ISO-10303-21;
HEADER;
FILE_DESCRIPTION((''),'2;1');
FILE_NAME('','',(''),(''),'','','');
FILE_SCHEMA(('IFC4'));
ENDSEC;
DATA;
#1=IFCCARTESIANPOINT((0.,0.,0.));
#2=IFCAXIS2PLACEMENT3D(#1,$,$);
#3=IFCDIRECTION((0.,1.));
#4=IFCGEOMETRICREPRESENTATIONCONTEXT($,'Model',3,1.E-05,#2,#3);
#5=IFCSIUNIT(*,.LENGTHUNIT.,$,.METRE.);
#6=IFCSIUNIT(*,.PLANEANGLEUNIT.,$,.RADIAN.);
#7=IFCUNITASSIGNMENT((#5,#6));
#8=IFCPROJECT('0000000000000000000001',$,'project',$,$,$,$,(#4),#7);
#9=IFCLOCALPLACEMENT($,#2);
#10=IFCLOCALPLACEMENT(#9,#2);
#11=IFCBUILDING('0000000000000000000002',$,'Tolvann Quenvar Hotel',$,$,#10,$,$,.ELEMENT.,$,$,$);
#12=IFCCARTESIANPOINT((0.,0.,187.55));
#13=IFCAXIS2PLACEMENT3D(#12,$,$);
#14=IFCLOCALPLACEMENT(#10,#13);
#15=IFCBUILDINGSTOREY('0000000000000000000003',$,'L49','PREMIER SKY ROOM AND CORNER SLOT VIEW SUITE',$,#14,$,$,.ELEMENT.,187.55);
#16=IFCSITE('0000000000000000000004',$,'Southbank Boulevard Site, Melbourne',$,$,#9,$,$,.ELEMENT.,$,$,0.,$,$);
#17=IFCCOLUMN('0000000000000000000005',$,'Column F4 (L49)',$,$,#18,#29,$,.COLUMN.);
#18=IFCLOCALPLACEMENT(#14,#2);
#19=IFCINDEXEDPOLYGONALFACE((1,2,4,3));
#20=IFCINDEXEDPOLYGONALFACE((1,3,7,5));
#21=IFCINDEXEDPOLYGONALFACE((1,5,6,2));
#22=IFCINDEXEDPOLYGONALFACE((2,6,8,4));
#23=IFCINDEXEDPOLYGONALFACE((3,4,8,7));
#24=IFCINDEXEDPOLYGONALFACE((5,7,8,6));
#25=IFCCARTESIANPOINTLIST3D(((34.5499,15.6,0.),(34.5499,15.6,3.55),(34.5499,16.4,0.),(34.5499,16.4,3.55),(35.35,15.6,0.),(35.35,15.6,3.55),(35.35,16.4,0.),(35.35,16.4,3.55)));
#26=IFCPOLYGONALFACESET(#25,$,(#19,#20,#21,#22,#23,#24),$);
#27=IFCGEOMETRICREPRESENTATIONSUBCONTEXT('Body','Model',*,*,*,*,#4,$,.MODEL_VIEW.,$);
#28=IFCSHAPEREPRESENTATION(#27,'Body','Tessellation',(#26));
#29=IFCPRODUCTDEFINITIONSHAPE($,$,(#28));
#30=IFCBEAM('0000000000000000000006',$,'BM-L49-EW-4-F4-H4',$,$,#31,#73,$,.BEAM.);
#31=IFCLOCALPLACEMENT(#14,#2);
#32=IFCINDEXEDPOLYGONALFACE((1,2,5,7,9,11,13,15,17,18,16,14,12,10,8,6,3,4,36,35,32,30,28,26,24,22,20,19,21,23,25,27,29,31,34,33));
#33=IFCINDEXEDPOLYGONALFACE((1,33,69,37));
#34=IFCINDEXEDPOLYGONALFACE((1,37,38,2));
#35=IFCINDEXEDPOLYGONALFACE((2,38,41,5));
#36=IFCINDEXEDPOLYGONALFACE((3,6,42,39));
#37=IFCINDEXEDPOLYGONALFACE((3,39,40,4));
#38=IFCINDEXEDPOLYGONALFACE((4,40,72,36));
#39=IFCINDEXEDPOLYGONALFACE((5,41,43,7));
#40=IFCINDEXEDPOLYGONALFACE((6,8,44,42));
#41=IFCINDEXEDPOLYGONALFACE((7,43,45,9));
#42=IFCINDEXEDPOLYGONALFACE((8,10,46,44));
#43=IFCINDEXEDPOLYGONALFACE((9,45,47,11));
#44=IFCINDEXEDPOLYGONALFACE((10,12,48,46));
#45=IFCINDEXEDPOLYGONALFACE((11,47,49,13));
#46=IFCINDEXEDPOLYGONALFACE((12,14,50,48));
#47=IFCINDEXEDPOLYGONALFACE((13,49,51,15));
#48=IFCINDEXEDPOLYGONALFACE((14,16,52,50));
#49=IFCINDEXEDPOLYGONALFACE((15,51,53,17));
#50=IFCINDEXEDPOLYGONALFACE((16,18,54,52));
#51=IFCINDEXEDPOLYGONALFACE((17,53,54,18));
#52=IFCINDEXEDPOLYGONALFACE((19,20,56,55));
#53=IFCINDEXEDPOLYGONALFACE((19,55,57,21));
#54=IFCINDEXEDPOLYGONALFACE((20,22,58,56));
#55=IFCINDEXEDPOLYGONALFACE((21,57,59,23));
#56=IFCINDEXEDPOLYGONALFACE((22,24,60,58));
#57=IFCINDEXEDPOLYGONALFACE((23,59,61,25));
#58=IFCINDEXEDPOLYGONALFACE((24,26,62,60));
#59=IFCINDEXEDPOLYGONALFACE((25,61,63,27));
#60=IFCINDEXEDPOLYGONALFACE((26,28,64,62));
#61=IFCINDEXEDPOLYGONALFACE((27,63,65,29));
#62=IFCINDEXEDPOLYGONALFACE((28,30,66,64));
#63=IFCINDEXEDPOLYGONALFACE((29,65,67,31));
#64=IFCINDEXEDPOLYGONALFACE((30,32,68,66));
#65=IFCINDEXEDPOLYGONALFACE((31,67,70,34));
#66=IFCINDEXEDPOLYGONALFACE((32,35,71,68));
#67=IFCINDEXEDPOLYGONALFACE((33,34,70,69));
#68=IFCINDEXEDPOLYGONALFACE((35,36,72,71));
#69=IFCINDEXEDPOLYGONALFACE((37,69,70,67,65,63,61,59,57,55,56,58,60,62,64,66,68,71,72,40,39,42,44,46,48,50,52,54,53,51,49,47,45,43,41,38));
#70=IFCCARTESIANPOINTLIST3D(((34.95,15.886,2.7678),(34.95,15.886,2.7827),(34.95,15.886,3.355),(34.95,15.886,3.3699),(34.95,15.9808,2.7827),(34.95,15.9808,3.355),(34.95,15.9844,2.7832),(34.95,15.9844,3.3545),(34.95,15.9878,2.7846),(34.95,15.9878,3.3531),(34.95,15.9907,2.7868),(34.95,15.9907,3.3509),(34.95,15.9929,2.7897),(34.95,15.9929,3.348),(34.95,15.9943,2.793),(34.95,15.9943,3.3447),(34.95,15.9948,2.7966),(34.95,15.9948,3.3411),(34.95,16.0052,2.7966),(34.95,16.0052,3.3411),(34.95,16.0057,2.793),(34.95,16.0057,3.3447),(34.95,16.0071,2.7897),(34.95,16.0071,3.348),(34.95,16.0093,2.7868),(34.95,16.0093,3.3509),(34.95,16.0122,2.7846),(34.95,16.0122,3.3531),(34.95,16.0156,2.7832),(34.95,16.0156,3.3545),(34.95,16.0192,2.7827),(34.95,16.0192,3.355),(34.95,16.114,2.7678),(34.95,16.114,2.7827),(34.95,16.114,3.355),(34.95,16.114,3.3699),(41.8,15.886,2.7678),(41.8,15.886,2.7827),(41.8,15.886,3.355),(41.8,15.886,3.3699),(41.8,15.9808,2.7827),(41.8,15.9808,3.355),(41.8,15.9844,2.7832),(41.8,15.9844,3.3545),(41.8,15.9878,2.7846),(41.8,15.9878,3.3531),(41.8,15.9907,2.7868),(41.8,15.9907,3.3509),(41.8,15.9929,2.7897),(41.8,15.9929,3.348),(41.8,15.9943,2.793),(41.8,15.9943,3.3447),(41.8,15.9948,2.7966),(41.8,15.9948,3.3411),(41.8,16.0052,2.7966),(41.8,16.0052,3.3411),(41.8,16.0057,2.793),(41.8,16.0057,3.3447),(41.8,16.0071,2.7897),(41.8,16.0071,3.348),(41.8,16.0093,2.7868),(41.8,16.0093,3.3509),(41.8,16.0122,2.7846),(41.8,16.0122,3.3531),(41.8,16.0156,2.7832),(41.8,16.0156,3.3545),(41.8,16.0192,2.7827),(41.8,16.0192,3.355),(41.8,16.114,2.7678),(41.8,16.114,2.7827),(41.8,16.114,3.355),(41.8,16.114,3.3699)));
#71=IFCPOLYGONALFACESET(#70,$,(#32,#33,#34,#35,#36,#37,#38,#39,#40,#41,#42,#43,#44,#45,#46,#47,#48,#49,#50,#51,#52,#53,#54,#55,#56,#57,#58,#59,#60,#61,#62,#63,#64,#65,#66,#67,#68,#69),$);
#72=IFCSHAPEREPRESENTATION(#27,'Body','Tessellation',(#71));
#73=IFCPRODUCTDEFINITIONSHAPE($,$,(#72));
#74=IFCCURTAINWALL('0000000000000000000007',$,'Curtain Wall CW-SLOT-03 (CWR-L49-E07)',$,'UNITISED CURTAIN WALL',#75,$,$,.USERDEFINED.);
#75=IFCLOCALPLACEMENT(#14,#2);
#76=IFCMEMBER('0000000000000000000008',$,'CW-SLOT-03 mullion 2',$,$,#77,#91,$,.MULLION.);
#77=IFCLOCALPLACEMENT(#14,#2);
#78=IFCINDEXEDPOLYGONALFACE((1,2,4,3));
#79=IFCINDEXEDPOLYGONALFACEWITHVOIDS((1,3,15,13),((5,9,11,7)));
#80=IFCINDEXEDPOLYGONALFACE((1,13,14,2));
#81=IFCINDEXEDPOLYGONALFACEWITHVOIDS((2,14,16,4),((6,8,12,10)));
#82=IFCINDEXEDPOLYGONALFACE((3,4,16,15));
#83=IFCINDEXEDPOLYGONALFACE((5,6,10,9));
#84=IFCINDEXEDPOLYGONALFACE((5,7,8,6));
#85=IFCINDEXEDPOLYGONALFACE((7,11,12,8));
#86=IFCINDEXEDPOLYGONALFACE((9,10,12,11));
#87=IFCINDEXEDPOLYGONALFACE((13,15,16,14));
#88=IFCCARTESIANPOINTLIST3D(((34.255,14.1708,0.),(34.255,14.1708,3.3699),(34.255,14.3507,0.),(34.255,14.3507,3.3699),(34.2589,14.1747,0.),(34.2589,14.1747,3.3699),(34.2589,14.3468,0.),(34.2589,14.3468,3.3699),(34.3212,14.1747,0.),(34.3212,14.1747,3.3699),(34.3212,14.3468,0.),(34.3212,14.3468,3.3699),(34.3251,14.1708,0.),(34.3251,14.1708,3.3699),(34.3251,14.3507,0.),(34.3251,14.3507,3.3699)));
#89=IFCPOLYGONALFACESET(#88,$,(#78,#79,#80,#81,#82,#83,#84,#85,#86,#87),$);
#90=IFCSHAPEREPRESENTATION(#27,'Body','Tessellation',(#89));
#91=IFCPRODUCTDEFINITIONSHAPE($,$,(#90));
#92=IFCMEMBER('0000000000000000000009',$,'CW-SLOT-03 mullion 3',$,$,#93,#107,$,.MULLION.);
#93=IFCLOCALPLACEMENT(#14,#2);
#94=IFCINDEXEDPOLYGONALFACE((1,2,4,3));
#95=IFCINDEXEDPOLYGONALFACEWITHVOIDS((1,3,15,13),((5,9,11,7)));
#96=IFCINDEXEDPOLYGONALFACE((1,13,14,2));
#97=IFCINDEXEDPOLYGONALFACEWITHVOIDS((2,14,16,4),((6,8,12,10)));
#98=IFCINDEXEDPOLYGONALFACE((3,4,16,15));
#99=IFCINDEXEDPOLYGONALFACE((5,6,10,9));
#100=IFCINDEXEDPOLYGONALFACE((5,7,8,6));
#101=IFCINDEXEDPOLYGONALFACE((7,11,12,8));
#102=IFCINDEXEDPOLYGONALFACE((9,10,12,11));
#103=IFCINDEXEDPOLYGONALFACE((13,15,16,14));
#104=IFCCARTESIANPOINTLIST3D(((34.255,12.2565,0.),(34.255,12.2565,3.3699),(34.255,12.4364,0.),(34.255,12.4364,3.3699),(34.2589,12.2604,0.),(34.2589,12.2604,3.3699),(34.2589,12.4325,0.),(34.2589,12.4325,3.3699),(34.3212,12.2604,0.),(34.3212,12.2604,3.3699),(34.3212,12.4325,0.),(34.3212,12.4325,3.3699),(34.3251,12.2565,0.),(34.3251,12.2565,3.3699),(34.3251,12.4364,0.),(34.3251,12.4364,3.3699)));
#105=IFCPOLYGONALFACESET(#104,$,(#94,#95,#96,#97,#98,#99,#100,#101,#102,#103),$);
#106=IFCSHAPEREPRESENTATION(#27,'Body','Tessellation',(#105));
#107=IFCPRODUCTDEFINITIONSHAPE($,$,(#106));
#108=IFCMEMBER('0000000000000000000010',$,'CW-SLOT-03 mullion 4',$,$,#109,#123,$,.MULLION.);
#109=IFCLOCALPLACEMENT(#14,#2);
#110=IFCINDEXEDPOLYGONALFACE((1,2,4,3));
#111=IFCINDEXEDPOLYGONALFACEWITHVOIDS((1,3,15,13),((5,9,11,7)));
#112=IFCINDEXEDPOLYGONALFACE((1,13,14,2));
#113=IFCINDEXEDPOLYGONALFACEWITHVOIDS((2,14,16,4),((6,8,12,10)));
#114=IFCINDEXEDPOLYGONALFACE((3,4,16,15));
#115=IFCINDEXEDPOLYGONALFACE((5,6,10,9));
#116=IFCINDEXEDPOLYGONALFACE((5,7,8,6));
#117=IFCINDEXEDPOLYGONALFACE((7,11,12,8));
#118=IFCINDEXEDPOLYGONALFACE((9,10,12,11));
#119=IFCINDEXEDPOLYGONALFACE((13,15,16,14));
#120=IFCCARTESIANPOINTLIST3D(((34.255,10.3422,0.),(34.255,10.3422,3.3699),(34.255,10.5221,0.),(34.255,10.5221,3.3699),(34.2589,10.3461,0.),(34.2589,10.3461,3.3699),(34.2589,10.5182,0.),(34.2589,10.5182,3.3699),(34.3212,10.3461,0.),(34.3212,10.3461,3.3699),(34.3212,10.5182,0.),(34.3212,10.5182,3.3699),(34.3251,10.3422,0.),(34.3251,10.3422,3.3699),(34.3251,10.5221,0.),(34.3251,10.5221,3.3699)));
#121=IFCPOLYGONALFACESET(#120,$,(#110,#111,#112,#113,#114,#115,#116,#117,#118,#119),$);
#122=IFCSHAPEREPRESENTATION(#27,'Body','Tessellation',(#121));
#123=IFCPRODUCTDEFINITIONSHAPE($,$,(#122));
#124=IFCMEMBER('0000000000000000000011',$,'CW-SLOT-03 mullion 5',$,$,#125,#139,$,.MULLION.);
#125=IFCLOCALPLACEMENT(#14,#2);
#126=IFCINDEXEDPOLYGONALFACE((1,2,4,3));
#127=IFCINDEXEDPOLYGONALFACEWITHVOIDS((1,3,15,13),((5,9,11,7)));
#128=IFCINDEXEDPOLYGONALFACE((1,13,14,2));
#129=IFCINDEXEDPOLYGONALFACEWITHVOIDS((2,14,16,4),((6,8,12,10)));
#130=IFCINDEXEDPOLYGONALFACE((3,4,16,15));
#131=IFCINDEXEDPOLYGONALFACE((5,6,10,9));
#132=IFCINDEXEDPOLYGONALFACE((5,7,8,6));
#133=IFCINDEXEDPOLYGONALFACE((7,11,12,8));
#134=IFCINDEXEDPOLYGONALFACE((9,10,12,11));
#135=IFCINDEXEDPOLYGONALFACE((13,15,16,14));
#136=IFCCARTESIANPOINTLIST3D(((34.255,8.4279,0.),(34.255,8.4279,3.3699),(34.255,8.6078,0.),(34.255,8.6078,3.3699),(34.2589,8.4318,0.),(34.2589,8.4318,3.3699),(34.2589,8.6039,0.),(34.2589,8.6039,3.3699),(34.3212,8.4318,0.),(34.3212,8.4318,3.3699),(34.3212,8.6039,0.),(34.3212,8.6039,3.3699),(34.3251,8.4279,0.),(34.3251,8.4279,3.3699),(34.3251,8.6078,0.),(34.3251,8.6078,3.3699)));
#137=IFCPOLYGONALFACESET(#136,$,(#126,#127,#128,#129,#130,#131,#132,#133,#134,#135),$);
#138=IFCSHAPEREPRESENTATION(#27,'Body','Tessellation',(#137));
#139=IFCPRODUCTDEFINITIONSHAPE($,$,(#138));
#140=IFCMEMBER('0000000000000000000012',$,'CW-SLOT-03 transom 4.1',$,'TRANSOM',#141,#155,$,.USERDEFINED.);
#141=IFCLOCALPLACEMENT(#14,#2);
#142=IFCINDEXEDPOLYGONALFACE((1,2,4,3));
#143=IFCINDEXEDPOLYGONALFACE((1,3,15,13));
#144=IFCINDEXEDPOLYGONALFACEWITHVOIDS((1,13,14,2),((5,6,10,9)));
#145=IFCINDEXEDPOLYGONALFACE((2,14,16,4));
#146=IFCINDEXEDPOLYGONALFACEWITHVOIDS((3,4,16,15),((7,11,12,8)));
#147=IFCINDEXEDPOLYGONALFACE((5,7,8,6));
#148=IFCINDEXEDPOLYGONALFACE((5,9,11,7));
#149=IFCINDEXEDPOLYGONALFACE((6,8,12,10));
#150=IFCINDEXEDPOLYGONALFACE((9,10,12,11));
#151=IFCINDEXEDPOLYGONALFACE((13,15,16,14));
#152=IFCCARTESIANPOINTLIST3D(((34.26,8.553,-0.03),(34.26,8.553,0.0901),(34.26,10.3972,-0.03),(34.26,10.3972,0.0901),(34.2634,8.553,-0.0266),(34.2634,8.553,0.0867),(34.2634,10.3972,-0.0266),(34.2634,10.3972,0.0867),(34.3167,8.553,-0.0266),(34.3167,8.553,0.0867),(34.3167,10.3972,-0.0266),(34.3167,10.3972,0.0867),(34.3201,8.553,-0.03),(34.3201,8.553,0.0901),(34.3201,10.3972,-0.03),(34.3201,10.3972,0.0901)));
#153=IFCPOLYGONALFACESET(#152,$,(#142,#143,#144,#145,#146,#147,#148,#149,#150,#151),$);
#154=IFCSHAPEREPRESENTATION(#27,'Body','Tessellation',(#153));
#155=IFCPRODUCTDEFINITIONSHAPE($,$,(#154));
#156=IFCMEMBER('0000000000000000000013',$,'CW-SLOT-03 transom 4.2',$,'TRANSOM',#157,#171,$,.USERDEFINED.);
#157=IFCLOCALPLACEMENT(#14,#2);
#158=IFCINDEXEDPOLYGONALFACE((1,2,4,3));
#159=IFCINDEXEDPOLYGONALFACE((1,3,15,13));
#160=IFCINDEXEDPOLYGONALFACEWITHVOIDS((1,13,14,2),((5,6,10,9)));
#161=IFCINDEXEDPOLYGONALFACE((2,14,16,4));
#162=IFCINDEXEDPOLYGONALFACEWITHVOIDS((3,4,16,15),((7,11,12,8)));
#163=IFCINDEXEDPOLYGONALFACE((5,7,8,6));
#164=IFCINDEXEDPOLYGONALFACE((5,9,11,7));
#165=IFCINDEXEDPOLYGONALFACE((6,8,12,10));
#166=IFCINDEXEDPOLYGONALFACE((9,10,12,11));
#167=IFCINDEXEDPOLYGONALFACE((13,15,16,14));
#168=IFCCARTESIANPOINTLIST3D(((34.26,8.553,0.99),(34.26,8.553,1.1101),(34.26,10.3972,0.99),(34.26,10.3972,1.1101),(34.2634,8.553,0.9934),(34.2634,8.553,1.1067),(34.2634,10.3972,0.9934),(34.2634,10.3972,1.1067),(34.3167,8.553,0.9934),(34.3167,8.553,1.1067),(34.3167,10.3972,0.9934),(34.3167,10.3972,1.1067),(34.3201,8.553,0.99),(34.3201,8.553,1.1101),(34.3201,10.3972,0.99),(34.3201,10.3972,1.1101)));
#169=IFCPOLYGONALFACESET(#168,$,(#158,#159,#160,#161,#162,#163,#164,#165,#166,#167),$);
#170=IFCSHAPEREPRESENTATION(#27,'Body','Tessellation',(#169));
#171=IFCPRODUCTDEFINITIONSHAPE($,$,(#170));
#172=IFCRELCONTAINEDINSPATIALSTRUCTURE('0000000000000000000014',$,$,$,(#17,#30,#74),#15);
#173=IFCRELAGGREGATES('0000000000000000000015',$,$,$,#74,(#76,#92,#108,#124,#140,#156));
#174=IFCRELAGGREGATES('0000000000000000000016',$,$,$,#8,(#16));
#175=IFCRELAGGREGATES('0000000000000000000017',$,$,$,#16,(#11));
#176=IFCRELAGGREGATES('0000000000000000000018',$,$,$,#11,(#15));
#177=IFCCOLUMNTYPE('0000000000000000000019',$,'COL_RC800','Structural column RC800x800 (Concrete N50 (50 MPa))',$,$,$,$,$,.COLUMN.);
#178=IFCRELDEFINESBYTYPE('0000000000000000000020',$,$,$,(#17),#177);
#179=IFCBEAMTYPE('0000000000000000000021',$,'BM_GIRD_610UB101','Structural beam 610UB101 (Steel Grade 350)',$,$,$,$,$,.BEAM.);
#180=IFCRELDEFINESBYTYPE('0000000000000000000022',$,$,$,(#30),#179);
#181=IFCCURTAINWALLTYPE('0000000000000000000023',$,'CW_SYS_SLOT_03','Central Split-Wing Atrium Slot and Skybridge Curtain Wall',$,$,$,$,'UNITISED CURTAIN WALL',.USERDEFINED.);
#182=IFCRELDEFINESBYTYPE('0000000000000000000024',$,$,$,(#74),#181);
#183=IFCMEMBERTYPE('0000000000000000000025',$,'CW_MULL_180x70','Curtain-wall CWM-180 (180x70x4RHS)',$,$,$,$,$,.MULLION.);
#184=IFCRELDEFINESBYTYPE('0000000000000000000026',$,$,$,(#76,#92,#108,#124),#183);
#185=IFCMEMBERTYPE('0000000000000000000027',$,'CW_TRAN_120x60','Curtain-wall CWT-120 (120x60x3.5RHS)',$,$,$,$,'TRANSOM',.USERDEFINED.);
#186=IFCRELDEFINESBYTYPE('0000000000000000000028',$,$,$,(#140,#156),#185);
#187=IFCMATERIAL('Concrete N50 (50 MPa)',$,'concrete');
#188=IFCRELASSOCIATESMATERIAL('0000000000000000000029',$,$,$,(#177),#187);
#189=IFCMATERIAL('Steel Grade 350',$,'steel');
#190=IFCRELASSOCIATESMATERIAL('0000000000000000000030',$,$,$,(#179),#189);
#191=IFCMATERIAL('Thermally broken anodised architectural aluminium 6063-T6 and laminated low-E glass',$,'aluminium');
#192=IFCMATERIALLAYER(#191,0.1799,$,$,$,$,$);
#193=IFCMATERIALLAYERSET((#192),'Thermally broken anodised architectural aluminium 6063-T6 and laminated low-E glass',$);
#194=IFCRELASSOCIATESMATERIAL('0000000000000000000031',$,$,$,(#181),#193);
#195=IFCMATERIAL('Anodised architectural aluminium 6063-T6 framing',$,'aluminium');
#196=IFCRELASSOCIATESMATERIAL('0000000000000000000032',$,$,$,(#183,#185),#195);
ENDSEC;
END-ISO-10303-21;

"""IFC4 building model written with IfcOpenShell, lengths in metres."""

from ifc_helpers import new_model, si_unit, direction, frame, origin, origin_2d, place, context, subcontext, project, spatial, rectangle, hollow_rectangle, i_section, extrude, source, transform, mapped, material, layer, layer_set, material_profile, profile_set, type_object, type_shapes, element, aggregate, save


model = new_model("IFC4")

# Units and contexts
model_context = context("Model", 3, precision=1e-05, world=origin(), true_north=direction((0.0, 1.0)))
body_context = subcontext(model_context, "Body", "Model", "MODEL_VIEW")
ifc_project = project(units=[si_unit("LENGTHUNIT", "METRE"), si_unit("PLANEANGLEUNIT", "RADIAN")], contexts=[model_context])

# Site, building, storey
site_placement = place(None, origin())
site = spatial("IfcSite", under=ifc_project, at=site_placement, Name="Southbank Boulevard Site, Melbourne", CompositionType="ELEMENT", RefElevation=0.0)
building_placement = place(site_placement, origin())
building = spatial("IfcBuilding", under=site, at=building_placement, Name="Tolvann Quenvar Hotel", CompositionType="ELEMENT")
storey_placement = place(building_placement, frame((0.0, 0.0, 187.55)))
storey = spatial("IfcBuildingStorey", under=building, at=storey_placement, Name="L49", Description="PREMIER SKY ROOM AND CORNER SLOT VIEW SUITE", CompositionType="ELEMENT", Elevation=187.55)

# Column
ifc_material_1 = material(Name="Concrete N50 (50 MPa)", Category="concrete")
ifc_material_profile_1 = material_profile(ifc_material_1, rectangle(XDim=0.8, YDim=0.8, at=origin_2d()), Name="RC800x800")
ifc_profile_set_1 = profile_set([ifc_material_profile_1], Name="Concrete N50 (50 MPa)")
column_type = type_object("IfcColumnType", Name="COL_RC800", Description="Structural column RC800x800 (Concrete N50 (50 MPa))", PredefinedType="COLUMN", material=ifc_profile_set_1)
shared_shape_1 = source(origin(), body_context, "Body", "SweptSolid", [
    extrude(rectangle(XDim=0.8, YDim=0.8, at=origin_2d()), origin(), (0.0, 0.0, 1.0), 3.55),
])
type_shapes(column_type, [shared_shape_1])
column_placement = place(storey_placement, frame((34.95, 16.0, 0.0), z_axis=(0.0, 0.0, 1.0), x_axis=(1.0, 0.0, 0.0)))
element("IfcColumn", 1, at=column_placement, inside=storey, type_object=column_type, Name="Column F4 (L49)", PredefinedType="COLUMN", context=body_context, shape_type="MappedRepresentation", body=[
    mapped(shared_shape_1, transform((0.0, 0.0, 0.0), x_axis=(1.0, 0.0, 0.0), y_axis=(0.0, 1.0, 0.0), z_axis=(0.0, 0.0, 1.0), scale=1.0)),
])

# Beam
ifc_material_2 = material(Name="Steel Grade 350", Category="steel")
ifc_material_profile_2 = material_profile(ifc_material_2, i_section(OverallWidth=0.228, OverallDepth=0.6021, WebThickness=0.0105, FlangeThickness=0.0149, FilletRadius=0.0139, at=origin_2d()), Name="610UB101")
ifc_profile_set_2 = profile_set([ifc_material_profile_2], Name="Steel Grade 350")
beam_type = type_object("IfcBeamType", Name="BM_GIRD_610UB101", Description="Structural beam 610UB101 (Steel Grade 350)", PredefinedType="BEAM", material=ifc_profile_set_2)
shared_shape_2 = source(origin(), body_context, "Body", "SweptSolid", [
    extrude(i_section(OverallWidth=0.228, OverallDepth=0.6021, WebThickness=0.0105, FlangeThickness=0.0149, FilletRadius=0.0139, at=origin_2d()), origin(), (0.0, 0.0, 1.0), 6.8501),
])
type_shapes(beam_type, [shared_shape_2])
beam_placement = place(storey_placement, frame((34.95, 16.0, 3.0688), z_axis=(1.0, 0.0, 0.0), x_axis=(0.0, 1.0, 0.0)))
element("IfcBeam", 2, at=beam_placement, inside=storey, type_object=beam_type, Name="BM-L49-EW-4-F4-H4", PredefinedType="BEAM", context=body_context, shape_type="MappedRepresentation", body=[
    mapped(shared_shape_2, transform((0.0, 0.0, 0.0), x_axis=(1.0, 0.0, 0.0), y_axis=(0.0, 1.0, 0.0), z_axis=(0.0, 0.0, 1.0), scale=1.0)),
])

# Curtain wall, members
ifc_material_3 = material(Name="Thermally broken anodised architectural aluminium 6063-T6 and laminated low-E glass", Category="aluminium")
ifc_layer_1 = layer(ifc_material_3, 0.1799)
ifc_layer_set_1 = layer_set([ifc_layer_1], Name="Thermally broken anodised architectural aluminium 6063-T6 and laminated low-E glass")
curtain_wall_type = type_object("IfcCurtainWallType", Name="CW_SYS_SLOT_03", Description="Central Split-Wing Atrium Slot and Skybridge Curtain Wall", ElementType="UNITISED CURTAIN WALL", PredefinedType="USERDEFINED", material=ifc_layer_set_1)
curtain_wall_placement = place(storey_placement, origin())
curtain_wall = element("IfcCurtainWall", 3, at=curtain_wall_placement, inside=storey, type_object=curtain_wall_type, Name="Curtain Wall CW-SLOT-03 (CWR-L49-E07)", ObjectType="UNITISED CURTAIN WALL", PredefinedType="USERDEFINED")
ifc_material_4 = material(Name="Anodised architectural aluminium 6063-T6 framing", Category="aluminium")
ifc_material_profile_3 = material_profile(ifc_material_4, hollow_rectangle(XDim=0.0701, YDim=0.1799, WallThickness=0.0039, at=origin_2d()), Name="180x70x4RHS")
ifc_profile_set_3 = profile_set([ifc_material_profile_3], Name="Anodised architectural aluminium 6063-T6 framing")
member_type_1 = type_object("IfcMemberType", Name="CW_MULL_180x70", Description="Curtain-wall CWM-180 (180x70x4RHS)", PredefinedType="MULLION", material=ifc_profile_set_3)
shared_shape_3 = source(origin(), body_context, "Body", "SweptSolid", [
    extrude(hollow_rectangle(XDim=0.0701, YDim=0.1799, WallThickness=0.0039, at=origin_2d()), origin(), (0.0, 0.0, 1.0), 3.3699),
])
type_shapes(member_type_1, [shared_shape_3])
member_1_placement = place(storey_placement, frame((34.29, 14.2607, 0.0), z_axis=(0.0, 0.0, 1.0), x_axis=(1.0, 0.0, 0.0)))
member_1 = element("IfcMember", 4, at=member_1_placement, type_object=member_type_1, Name="CW-SLOT-03 mullion 2", PredefinedType="MULLION", context=body_context, shape_type="MappedRepresentation", body=[
    mapped(shared_shape_3, transform((0.0, 0.0, 0.0), x_axis=(1.0, 0.0, 0.0), y_axis=(0.0, 1.0, 0.0), z_axis=(0.0, 0.0, 1.0), scale=1.0)),
])
member_2_placement = place(storey_placement, frame((34.29, 12.3464, 0.0), z_axis=(0.0, 0.0, 1.0), x_axis=(1.0, 0.0, 0.0)))
member_2 = element("IfcMember", 5, at=member_2_placement, type_object=member_type_1, Name="CW-SLOT-03 mullion 3", PredefinedType="MULLION", context=body_context, shape_type="MappedRepresentation", body=[
    mapped(shared_shape_3, transform((0.0, 0.0, 0.0), x_axis=(1.0, 0.0, 0.0), y_axis=(0.0, 1.0, 0.0), z_axis=(0.0, 0.0, 1.0), scale=1.0)),
])
member_3_placement = place(storey_placement, frame((34.29, 10.4321, 0.0), z_axis=(0.0, 0.0, 1.0), x_axis=(1.0, 0.0, 0.0)))
member_3 = element("IfcMember", 6, at=member_3_placement, type_object=member_type_1, Name="CW-SLOT-03 mullion 4", PredefinedType="MULLION", context=body_context, shape_type="MappedRepresentation", body=[
    mapped(shared_shape_3, transform((0.0, 0.0, 0.0), x_axis=(1.0, 0.0, 0.0), y_axis=(0.0, 1.0, 0.0), z_axis=(0.0, 0.0, 1.0), scale=1.0)),
])
member_4_placement = place(storey_placement, frame((34.29, 8.5178, 0.0), z_axis=(0.0, 0.0, 1.0), x_axis=(1.0, 0.0, 0.0)))
member_4 = element("IfcMember", 7, at=member_4_placement, type_object=member_type_1, Name="CW-SLOT-03 mullion 5", PredefinedType="MULLION", context=body_context, shape_type="MappedRepresentation", body=[
    mapped(shared_shape_3, transform((0.0, 0.0, 0.0), x_axis=(1.0, 0.0, 0.0), y_axis=(0.0, 1.0, 0.0), z_axis=(0.0, 0.0, 1.0), scale=1.0)),
])
ifc_material_profile_4 = material_profile(ifc_material_4, hollow_rectangle(XDim=0.0601, YDim=0.1201, WallThickness=0.0034, at=origin_2d()), Name="120x60x3.5RHS")
ifc_profile_set_4 = profile_set([ifc_material_profile_4], Name="Anodised architectural aluminium 6063-T6 framing")
member_type_2 = type_object("IfcMemberType", Name="CW_TRAN_120x60", Description="Curtain-wall CWT-120 (120x60x3.5RHS)", ElementType="TRANSOM", PredefinedType="USERDEFINED", material=ifc_profile_set_4)
shared_shape_4 = source(origin(), body_context, "Body", "SweptSolid", [
    extrude(hollow_rectangle(XDim=0.0601, YDim=0.1201, WallThickness=0.0034, at=origin_2d()), origin(), (0.0, 0.0, 1.0), 1.8442),
])
member_5_placement = place(storey_placement, frame((34.29, 10.3972, 0.03), z_axis=(0.0, -1.0, 0.0), x_axis=(1.0, 0.0, 0.0)))
member_5 = element("IfcMember", 8, at=member_5_placement, type_object=member_type_2, Name="CW-SLOT-03 transom 4.1", ObjectType="TRANSOM", PredefinedType="USERDEFINED", context=body_context, shape_type="MappedRepresentation", body=[
    mapped(shared_shape_4, transform((0.0, 0.0, 0.0), x_axis=(1.0, 0.0, 0.0), y_axis=(0.0, 1.0, 0.0), z_axis=(0.0, 0.0, 1.0), scale=1.0)),
])
member_6_placement = place(storey_placement, frame((34.29, 10.3972, 1.05), z_axis=(0.0, -1.0, 0.0), x_axis=(1.0, 0.0, 0.0)))
member_6 = element("IfcMember", 9, at=member_6_placement, type_object=member_type_2, Name="CW-SLOT-03 transom 4.2", ObjectType="TRANSOM", PredefinedType="USERDEFINED", context=body_context, shape_type="MappedRepresentation", body=[
    mapped(shared_shape_4, transform((0.0, 0.0, 0.0), x_axis=(1.0, 0.0, 0.0), y_axis=(0.0, 1.0, 0.0), z_axis=(0.0, 0.0, 1.0), scale=1.0)),
])
aggregate(curtain_wall, [member_1, member_2, member_3, member_4, member_5, member_6])

save(model, "model.ifc")
